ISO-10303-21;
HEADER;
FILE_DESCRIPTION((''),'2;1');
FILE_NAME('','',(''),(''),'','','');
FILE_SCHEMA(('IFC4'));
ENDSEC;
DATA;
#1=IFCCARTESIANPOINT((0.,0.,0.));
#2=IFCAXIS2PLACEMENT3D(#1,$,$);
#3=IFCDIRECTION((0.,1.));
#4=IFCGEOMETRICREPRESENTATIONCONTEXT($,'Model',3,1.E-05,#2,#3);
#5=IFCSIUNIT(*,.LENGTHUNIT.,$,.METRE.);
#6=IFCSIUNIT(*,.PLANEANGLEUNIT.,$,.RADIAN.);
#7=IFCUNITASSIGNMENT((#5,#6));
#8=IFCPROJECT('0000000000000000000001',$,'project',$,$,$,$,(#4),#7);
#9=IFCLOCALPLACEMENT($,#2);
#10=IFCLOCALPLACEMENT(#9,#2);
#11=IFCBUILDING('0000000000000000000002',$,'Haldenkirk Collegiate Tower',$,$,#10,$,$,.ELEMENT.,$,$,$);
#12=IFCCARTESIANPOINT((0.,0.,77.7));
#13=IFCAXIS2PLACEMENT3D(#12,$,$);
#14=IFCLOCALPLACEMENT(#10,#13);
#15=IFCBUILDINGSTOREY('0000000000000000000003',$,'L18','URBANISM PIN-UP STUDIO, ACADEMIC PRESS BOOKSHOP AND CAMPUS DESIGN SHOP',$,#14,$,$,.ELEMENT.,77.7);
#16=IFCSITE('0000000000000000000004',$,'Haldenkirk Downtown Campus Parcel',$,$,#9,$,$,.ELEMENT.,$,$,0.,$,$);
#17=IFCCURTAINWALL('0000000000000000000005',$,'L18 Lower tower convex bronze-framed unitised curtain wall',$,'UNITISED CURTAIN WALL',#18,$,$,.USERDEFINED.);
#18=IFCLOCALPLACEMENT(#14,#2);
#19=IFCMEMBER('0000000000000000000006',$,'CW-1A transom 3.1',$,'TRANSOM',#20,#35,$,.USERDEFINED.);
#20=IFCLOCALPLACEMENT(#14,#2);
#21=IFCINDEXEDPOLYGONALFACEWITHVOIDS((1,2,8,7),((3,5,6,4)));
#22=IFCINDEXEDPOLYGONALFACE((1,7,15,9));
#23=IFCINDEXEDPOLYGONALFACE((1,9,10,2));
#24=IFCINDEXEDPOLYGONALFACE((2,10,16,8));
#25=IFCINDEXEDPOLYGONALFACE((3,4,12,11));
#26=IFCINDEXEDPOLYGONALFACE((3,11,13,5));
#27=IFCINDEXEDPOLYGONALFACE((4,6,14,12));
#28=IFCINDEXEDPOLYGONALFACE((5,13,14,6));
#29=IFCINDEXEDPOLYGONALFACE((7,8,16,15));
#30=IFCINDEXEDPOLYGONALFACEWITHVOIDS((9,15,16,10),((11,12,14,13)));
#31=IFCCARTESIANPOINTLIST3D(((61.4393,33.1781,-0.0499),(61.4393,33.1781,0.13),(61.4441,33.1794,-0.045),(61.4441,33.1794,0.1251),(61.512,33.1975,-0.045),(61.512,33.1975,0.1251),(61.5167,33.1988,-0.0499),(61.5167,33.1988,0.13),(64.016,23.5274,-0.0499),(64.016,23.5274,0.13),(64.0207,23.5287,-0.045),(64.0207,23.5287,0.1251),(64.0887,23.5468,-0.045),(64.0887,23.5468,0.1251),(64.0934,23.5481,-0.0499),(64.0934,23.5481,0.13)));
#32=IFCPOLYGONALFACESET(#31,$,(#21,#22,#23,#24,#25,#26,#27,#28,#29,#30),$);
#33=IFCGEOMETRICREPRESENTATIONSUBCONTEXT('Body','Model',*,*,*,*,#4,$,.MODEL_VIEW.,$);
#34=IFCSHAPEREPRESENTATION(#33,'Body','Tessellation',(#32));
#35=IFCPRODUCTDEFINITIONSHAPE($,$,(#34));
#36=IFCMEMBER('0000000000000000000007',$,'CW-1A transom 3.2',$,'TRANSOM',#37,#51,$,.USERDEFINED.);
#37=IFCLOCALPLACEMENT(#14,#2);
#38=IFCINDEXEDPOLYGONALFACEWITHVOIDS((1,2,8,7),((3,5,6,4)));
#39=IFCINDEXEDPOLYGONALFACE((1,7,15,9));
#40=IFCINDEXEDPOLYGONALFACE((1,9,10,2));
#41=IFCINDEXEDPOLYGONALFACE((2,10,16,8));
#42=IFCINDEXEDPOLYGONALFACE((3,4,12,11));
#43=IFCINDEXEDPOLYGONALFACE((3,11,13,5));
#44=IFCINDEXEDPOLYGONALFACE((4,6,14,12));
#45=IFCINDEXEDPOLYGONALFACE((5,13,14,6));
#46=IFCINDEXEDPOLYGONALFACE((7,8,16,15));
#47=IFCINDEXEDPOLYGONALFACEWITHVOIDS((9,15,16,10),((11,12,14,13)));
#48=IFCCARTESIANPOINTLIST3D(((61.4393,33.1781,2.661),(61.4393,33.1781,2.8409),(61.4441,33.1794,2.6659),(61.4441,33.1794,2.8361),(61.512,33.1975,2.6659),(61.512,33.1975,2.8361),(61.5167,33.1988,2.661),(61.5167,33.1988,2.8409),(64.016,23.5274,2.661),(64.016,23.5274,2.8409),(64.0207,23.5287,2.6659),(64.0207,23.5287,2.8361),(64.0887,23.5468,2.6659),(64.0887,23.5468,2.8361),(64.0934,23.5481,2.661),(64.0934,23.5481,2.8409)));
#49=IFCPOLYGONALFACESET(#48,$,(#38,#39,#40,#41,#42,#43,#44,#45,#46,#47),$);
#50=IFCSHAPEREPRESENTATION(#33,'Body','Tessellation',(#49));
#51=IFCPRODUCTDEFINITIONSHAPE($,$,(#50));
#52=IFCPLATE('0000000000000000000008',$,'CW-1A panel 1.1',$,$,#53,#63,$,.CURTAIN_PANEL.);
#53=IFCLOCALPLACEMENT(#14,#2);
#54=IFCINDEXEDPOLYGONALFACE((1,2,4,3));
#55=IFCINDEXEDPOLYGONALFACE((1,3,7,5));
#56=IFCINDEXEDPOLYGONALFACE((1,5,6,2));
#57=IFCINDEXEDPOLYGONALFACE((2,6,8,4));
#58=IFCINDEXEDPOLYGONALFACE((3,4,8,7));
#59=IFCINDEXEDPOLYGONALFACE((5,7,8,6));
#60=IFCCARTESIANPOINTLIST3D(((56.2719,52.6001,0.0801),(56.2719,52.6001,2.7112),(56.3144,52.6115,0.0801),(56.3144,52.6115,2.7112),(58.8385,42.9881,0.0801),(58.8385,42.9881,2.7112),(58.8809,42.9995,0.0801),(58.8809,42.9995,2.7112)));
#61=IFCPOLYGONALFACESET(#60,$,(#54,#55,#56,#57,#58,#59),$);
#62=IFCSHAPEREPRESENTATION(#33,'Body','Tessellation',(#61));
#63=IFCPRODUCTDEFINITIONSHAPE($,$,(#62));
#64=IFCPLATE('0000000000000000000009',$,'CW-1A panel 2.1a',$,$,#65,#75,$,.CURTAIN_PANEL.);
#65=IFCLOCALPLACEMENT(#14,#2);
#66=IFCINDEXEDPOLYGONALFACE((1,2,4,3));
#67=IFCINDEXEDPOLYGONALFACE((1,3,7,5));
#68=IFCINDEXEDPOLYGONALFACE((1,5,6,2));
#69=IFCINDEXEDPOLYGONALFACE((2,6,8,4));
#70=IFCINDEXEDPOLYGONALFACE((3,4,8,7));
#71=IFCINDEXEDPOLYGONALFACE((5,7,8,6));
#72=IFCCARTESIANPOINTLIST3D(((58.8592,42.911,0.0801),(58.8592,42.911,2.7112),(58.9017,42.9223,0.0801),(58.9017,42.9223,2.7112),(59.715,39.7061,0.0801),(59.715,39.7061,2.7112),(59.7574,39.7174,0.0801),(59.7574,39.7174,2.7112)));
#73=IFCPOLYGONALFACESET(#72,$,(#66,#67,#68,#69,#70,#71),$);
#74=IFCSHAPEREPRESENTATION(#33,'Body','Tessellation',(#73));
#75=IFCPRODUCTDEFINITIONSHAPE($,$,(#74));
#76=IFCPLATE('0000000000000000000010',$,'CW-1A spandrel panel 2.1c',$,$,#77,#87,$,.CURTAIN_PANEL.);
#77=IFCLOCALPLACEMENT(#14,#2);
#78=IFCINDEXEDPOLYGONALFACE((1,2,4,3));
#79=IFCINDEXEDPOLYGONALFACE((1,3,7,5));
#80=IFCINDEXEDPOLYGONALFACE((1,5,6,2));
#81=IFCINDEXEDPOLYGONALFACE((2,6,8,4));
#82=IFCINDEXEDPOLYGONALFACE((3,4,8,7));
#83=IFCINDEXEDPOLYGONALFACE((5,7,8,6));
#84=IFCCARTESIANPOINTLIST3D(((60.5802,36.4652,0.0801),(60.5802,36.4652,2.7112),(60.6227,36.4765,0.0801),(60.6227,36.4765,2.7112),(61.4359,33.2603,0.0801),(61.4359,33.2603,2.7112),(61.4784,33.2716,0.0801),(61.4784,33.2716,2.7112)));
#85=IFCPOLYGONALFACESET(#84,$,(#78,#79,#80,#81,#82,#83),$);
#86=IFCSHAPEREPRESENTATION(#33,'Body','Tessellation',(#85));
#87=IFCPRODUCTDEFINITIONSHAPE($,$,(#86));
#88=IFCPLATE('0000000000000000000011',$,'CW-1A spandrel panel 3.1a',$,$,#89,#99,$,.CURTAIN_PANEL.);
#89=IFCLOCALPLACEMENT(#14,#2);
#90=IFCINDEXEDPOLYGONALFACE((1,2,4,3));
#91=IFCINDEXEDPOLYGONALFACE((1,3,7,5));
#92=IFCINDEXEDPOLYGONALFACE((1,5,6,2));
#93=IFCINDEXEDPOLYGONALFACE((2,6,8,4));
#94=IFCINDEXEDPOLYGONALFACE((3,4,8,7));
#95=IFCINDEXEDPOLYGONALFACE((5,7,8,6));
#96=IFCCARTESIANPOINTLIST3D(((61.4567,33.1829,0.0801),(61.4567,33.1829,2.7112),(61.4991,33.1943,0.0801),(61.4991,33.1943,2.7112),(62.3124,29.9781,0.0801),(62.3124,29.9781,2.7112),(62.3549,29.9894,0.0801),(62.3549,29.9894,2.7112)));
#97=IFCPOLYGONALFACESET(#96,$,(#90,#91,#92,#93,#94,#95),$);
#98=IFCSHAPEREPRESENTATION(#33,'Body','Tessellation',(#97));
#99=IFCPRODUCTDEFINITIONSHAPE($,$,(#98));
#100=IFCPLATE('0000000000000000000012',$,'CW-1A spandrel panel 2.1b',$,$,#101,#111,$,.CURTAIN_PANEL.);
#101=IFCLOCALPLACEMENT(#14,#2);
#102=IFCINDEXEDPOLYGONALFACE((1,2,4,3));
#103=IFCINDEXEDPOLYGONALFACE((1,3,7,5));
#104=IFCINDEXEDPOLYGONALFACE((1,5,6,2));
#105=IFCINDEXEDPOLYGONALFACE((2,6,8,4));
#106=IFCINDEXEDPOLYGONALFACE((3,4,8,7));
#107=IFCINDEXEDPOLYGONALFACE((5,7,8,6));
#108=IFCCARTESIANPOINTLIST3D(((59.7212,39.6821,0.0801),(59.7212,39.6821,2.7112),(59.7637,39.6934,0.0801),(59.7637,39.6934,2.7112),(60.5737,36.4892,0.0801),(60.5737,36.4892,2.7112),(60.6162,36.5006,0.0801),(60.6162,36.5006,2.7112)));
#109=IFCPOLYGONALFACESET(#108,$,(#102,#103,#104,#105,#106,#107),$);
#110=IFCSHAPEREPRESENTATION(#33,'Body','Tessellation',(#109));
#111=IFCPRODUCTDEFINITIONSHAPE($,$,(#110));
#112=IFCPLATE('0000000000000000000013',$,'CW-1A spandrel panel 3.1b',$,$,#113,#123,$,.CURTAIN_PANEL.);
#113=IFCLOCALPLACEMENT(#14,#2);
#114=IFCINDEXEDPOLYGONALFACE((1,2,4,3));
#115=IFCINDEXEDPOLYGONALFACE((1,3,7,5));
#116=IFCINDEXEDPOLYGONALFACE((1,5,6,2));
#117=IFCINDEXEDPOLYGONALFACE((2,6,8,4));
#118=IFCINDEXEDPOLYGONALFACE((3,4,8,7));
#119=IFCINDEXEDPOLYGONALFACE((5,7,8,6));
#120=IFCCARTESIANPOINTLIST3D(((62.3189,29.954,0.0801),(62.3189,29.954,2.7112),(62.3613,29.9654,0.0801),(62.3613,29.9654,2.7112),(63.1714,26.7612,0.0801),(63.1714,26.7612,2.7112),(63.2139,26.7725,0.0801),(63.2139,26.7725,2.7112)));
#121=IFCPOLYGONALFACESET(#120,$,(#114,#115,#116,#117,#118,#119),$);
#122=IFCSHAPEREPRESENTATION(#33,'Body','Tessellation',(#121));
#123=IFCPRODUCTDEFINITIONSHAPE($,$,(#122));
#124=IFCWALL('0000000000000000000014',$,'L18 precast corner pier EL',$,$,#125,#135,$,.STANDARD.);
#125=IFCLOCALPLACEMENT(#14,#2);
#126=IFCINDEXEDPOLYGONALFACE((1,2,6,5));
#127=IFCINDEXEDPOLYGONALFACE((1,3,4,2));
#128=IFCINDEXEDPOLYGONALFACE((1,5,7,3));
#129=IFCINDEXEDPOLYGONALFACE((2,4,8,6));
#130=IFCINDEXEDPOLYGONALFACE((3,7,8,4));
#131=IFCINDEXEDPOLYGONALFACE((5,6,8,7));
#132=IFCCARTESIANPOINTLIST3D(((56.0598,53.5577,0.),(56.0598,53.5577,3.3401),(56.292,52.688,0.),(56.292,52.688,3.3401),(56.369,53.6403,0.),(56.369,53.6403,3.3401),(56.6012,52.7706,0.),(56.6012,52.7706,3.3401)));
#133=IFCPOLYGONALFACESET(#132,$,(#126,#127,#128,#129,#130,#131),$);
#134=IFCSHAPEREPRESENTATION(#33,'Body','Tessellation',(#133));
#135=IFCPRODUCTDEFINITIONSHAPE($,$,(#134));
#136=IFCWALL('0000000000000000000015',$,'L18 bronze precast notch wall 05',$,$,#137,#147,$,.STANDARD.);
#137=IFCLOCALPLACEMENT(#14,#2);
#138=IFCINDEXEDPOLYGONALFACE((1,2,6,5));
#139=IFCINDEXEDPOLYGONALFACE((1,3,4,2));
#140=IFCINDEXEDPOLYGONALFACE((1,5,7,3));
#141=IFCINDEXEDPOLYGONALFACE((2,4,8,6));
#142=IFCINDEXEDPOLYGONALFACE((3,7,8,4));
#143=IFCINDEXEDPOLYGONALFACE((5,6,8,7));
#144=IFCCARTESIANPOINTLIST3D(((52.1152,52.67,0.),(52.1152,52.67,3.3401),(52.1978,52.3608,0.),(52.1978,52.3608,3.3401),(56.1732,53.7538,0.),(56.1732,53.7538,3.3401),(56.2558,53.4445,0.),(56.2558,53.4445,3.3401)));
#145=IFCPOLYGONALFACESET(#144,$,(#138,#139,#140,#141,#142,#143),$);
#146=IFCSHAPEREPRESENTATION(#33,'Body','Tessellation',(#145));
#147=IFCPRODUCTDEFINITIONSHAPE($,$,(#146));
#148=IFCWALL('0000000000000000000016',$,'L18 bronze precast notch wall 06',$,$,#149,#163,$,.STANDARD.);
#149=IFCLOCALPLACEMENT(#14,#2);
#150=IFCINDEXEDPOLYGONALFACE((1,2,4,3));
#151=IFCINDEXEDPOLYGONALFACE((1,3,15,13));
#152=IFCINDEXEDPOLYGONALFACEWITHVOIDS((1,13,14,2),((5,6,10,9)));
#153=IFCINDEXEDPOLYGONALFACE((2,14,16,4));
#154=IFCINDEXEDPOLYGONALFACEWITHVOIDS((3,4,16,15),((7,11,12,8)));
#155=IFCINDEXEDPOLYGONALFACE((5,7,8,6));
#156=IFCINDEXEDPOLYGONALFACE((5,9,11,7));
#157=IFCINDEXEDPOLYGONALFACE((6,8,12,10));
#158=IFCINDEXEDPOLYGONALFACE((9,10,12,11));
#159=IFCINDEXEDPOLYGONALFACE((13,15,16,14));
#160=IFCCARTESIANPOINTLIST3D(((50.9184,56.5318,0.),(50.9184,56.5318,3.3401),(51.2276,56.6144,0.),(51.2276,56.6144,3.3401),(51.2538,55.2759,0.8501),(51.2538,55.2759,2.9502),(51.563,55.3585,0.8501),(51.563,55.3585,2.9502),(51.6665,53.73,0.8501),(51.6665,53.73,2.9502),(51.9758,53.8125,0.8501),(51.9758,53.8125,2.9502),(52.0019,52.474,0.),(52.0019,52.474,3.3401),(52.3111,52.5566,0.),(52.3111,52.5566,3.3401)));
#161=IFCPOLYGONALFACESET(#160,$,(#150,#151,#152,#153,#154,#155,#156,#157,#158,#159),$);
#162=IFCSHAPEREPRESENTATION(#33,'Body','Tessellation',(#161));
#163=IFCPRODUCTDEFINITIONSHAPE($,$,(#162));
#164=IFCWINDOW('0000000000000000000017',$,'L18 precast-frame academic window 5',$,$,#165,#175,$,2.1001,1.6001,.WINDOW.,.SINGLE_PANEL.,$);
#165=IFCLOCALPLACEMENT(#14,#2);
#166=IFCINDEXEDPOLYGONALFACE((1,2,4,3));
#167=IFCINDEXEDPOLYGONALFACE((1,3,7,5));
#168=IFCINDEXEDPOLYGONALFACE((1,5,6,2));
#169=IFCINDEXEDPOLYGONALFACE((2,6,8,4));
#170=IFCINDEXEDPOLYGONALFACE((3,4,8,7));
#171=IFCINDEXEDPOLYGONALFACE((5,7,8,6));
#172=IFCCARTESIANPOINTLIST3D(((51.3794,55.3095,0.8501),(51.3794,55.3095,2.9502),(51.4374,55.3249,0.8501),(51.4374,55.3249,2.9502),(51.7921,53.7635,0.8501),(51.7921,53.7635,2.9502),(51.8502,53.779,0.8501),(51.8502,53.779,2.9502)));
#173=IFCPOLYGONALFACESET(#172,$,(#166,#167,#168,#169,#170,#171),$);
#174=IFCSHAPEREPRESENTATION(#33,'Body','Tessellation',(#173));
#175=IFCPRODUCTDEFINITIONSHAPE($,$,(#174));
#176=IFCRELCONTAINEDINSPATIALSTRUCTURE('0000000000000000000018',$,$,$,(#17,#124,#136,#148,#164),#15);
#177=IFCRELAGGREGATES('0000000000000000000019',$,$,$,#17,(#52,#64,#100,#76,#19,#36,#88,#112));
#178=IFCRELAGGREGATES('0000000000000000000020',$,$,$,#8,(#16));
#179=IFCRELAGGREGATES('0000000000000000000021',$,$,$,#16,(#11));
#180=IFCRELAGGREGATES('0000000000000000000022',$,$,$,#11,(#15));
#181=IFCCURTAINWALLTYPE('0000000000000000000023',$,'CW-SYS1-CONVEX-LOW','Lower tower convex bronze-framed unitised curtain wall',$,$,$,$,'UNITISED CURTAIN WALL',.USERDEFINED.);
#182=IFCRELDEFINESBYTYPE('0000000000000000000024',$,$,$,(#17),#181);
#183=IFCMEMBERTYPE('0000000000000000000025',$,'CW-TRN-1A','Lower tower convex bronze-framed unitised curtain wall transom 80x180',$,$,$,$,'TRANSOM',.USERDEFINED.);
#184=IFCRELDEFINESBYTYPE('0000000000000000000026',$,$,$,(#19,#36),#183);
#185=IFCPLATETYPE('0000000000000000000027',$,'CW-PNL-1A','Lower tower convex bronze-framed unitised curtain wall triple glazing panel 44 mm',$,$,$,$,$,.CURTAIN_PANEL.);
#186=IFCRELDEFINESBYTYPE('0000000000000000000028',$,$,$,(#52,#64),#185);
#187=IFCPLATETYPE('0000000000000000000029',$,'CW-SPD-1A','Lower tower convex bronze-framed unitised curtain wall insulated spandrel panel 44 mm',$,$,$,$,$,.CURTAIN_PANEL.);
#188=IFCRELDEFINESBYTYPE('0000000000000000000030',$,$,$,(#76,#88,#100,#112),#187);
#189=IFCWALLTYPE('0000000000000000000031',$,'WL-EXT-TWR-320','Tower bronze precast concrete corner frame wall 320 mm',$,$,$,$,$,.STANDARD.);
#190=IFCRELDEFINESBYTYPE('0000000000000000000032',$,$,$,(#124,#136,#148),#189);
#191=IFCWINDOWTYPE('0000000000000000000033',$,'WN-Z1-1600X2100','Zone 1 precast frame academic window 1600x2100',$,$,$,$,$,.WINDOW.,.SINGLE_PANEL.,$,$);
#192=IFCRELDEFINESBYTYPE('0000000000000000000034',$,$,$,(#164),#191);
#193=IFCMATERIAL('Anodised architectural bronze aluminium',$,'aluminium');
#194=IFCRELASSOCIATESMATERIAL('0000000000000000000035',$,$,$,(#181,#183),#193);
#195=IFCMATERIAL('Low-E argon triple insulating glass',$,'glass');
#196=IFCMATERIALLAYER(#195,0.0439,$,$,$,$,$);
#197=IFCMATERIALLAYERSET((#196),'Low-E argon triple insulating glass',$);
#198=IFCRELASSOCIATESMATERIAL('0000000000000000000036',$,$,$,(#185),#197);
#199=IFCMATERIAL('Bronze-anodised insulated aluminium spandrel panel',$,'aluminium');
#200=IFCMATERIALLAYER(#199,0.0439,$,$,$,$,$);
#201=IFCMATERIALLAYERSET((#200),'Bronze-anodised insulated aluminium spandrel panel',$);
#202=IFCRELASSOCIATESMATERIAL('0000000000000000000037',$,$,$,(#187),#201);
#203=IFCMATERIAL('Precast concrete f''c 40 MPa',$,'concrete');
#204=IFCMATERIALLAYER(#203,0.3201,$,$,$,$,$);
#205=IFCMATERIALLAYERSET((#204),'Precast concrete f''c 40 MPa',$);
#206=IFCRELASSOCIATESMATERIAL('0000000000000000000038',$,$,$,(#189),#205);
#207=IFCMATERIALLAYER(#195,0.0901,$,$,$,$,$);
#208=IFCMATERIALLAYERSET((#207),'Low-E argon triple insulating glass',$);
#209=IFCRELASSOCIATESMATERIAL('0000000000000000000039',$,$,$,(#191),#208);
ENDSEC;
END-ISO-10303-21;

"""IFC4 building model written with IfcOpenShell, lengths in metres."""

from ifc_helpers import new_model, si_unit, direction, frame, frame_2d, origin, origin_2d, place, context, subcontext, project, spatial, rectangle, hollow_rectangle, extrude, source, transform, mapped, material, layer, layer_set, material_profile, profile_set, type_object, element, fill, aggregate, save


model = new_model("IFC4")

# Units and contexts
model_context = context("Model", 3, precision=1e-05, world=origin(), true_north=direction((0.0, 1.0)))
body_context = subcontext(model_context, "Body", "Model", "MODEL_VIEW")
ifc_project = project(units=[si_unit("LENGTHUNIT", "METRE"), si_unit("PLANEANGLEUNIT", "RADIAN")], contexts=[model_context])

# Site, building, storey
site_placement = place(None, origin())
site = spatial("IfcSite", under=ifc_project, at=site_placement, Name="Haldenkirk Downtown Campus Parcel", CompositionType="ELEMENT", RefElevation=0.0)
building_placement = place(site_placement, origin())
building = spatial("IfcBuilding", under=site, at=building_placement, Name="Haldenkirk Collegiate Tower", CompositionType="ELEMENT")
storey_placement = place(building_placement, frame((0.0, 0.0, 77.7)))
storey = spatial("IfcBuildingStorey", under=building, at=storey_placement, Name="L18", Description="URBANISM PIN-UP STUDIO, ACADEMIC PRESS BOOKSHOP AND CAMPUS DESIGN SHOP", CompositionType="ELEMENT", Elevation=77.7)

# Curtain wall
ifc_material_1 = material(Name="Anodised architectural bronze aluminium", Category="aluminium")
curtain_wall_type = type_object("IfcCurtainWallType", Name="CW-SYS1-CONVEX-LOW", Description="Lower tower convex bronze-framed unitised curtain wall", ElementType="UNITISED CURTAIN WALL", PredefinedType="USERDEFINED", material=ifc_material_1)
curtain_wall_1_placement = place(storey_placement, origin())
curtain_wall_1 = element("IfcCurtainWall", 1, at=curtain_wall_1_placement, inside=storey, type_object=curtain_wall_type, Name="L18 Lower tower convex bronze-framed unitised curtain wall", ObjectType="UNITISED CURTAIN WALL", PredefinedType="USERDEFINED")

# Members
ifc_material_profile_1 = material_profile(ifc_material_1, hollow_rectangle(XDim=0.0801, YDim=0.1799, WallThickness=0.0049, at=origin_2d()), Name="CW-TRN-1A")
ifc_profile_set_1 = profile_set([ifc_material_profile_1], Name="Anodised architectural bronze aluminium")
member_type_1 = type_object("IfcMemberType", Name="CW-TRN-1A", Description="Lower tower convex bronze-framed unitised curtain wall transom 80x180", ElementType="TRANSOM", PredefinedType="USERDEFINED", material=ifc_profile_set_1)
member_1_placement = place(storey_placement, frame((61.478, 33.1885, 0.04), z_axis=(0.257958, -0.966156, 0.0), x_axis=(0.966156, 0.257958, 0.0)))
member_1 = element("IfcMember", 2, at=member_1_placement, type_object=member_type_1, Name="CW-1A transom 3.1", ObjectType="TRANSOM", PredefinedType="USERDEFINED", context=body_context, shape_type="SweptSolid", body=[
    extrude(hollow_rectangle(XDim=0.0801, YDim=0.1799, WallThickness=0.0049, at=origin_2d()), origin(), (0.0, 0.0, 1.0), 9.9888),
])
member_2_placement = place(storey_placement, frame((61.478, 33.1885, 2.751), z_axis=(0.257958, -0.966156, 0.0), x_axis=(0.966156, 0.257958, 0.0)))
member_2 = element("IfcMember", 3, at=member_2_placement, type_object=member_type_1, Name="CW-1A transom 3.2", ObjectType="TRANSOM", PredefinedType="USERDEFINED", context=body_context, shape_type="SweptSolid", body=[
    extrude(hollow_rectangle(XDim=0.0801, YDim=0.1799, WallThickness=0.0049, at=origin_2d()), origin(), (0.0, 0.0, 1.0), 9.9888),
])

# Plates
ifc_material_2 = material(Name="Low-E argon triple insulating glass", Category="glass")
ifc_layer_1 = layer(ifc_material_2, 0.0439)
ifc_layer_set_1 = layer_set([ifc_layer_1], Name="Low-E argon triple insulating glass")
plate_type_1 = type_object("IfcPlateType", Name="CW-PNL-1A", Description="Lower tower convex bronze-framed unitised curtain wall triple glazing panel 44 mm", PredefinedType="CURTAIN_PANEL", material=ifc_layer_set_1)
shared_shape_1 = source(origin(), body_context, "Body", "SweptSolid", [
    extrude(rectangle(XDim=9.9487, YDim=0.0439, at=origin_2d()), origin(), (0.0, 0.0, 1.0), 2.6311),
])
plate_1_placement = place(storey_placement, frame((57.5764, 47.7998, 0.0801), z_axis=(0.0, 0.0, 1.0), x_axis=(0.257976, -0.966151, 0.0)))
plate_1 = element("IfcPlate", 4, at=plate_1_placement, type_object=plate_type_1, Name="CW-1A panel 1.1", PredefinedType="CURTAIN_PANEL", context=body_context, shape_type="MappedRepresentation", body=[
    mapped(shared_shape_1, transform((0.0, 0.0, 0.0), x_axis=(1.0, 0.0, 0.0), y_axis=(0.0, 1.0, 0.0), z_axis=(0.0, 0.0, 1.0), scale=1.0)),
])
shared_shape_2 = source(origin(), body_context, "Body", "SweptSolid", [
    extrude(rectangle(XDim=3.3171, YDim=0.0439, at=origin_2d()), origin(), (0.0, 0.0, 1.0), 2.6311),
])
plate_2_placement = place(storey_placement, frame((59.3083, 41.3142, 0.0801), z_axis=(0.0, 0.0, 1.0), x_axis=(0.257976, -0.966151, 0.0)))
plate_2 = element("IfcPlate", 5, at=plate_2_placement, type_object=plate_type_1, Name="CW-1A panel 2.1a", PredefinedType="CURTAIN_PANEL", context=body_context, shape_type="MappedRepresentation", body=[
    mapped(shared_shape_2, transform((0.0, 0.0, 0.0), x_axis=(1.0, 0.0, 0.0), y_axis=(0.0, 1.0, 0.0), z_axis=(0.0, 0.0, 1.0), scale=1.0)),
])
ifc_material_3 = material(Name="Bronze-anodised insulated aluminium spandrel panel", Category="aluminium")
ifc_layer_2 = layer(ifc_material_3, 0.0439)
ifc_layer_set_2 = layer_set([ifc_layer_2], Name="Bronze-anodised insulated aluminium spandrel panel")
plate_type_2 = type_object("IfcPlateType", Name="CW-SPD-1A", Description="Lower tower convex bronze-framed unitised curtain wall insulated spandrel panel 44 mm", PredefinedType="CURTAIN_PANEL", material=ifc_layer_set_2)
plate_3_placement = place(storey_placement, frame((61.0293, 34.8684, 0.0801), z_axis=(0.0, 0.0, 1.0), x_axis=(0.257976, -0.966151, 0.0)))
plate_3 = element("IfcPlate", 6, at=plate_3_placement, type_object=plate_type_2, Name="CW-1A spandrel panel 2.1c", PredefinedType="CURTAIN_PANEL", context=body_context, shape_type="MappedRepresentation", body=[
    mapped(shared_shape_2, transform((0.0, 0.0, 0.0), x_axis=(1.0, 0.0, 0.0), y_axis=(0.0, 1.0, 0.0), z_axis=(0.0, 0.0, 1.0), scale=1.0)),
])
plate_4_placement = place(storey_placement, frame((61.9058, 31.5862, 0.0801), z_axis=(0.0, 0.0, 1.0), x_axis=(0.257976, -0.966151, 0.0)))
plate_4 = element("IfcPlate", 7, at=plate_4_placement, type_object=plate_type_2, Name="CW-1A spandrel panel 3.1a", PredefinedType="CURTAIN_PANEL", context=body_context, shape_type="MappedRepresentation", body=[
    mapped(shared_shape_2, transform((0.0, 0.0, 0.0), x_axis=(1.0, 0.0, 0.0), y_axis=(0.0, 1.0, 0.0), z_axis=(0.0, 0.0, 1.0), scale=1.0)),
])
shared_shape_3 = source(origin(), body_context, "Body", "SweptSolid", [
    extrude(rectangle(XDim=3.3047, YDim=0.0439, at=origin_2d()), origin(), (0.0, 0.0, 1.0), 2.6311),
])
plate_5_placement = place(storey_placement, frame((60.1687, 38.0913, 0.0801), z_axis=(0.0, 0.0, 1.0), x_axis=(0.257976, -0.966151, 0.0)))
plate_5 = element("IfcPlate", 8, at=plate_5_placement, type_object=plate_type_2, Name="CW-1A spandrel panel 2.1b", PredefinedType="CURTAIN_PANEL", context=body_context, shape_type="MappedRepresentation", body=[
    mapped(shared_shape_3, transform((0.0, 0.0, 0.0), x_axis=(1.0, 0.0, 0.0), y_axis=(0.0, 1.0, 0.0), z_axis=(0.0, 0.0, 1.0), scale=1.0)),
])
plate_6_placement = place(storey_placement, frame((62.7664, 28.3633, 0.0801), z_axis=(0.0, 0.0, 1.0), x_axis=(0.257976, -0.966151, 0.0)))
plate_6 = element("IfcPlate", 9, at=plate_6_placement, type_object=plate_type_2, Name="CW-1A spandrel panel 3.1b", PredefinedType="CURTAIN_PANEL", context=body_context, shape_type="MappedRepresentation", body=[
    mapped(shared_shape_3, transform((0.0, 0.0, 0.0), x_axis=(1.0, 0.0, 0.0), y_axis=(0.0, 1.0, 0.0), z_axis=(0.0, 0.0, 1.0), scale=1.0)),
])
aggregate(curtain_wall_1, [plate_1, plate_2, plate_5, plate_3, member_1, member_2, plate_4, plate_6])

# Walls
ifc_material_4 = material(Name="Precast concrete f'c 40 MPa", Category="concrete")
ifc_layer_3 = layer(ifc_material_4, 0.3201)
ifc_layer_set_3 = layer_set([ifc_layer_3], Name="Precast concrete f'c 40 MPa")
wall_type_1 = type_object("IfcWallType", Name="WL-EXT-TWR-320", Description="Tower bronze precast concrete corner frame wall 320 mm", PredefinedType="STANDARD", material=ifc_layer_set_3)
wall_1_placement = place(storey_placement, frame((56.2144, 53.5991, 0.0), z_axis=(0.0, 0.0, 1.0), x_axis=(0.25795, -0.966158, 0.0)))
element("IfcWall", 10, at=wall_1_placement, inside=storey, type_object=wall_type_1, Name="L18 precast corner pier EL", PredefinedType="STANDARD", context=body_context, shape_type="SweptSolid", body=[
    extrude(rectangle(XDim=0.9001, YDim=0.3201, at=frame_2d((0.4502, 0.0))), origin(), (0.0, 0.0, 1.0), 3.3401),
])
wall_2_placement = place(storey_placement, frame((52.1565, 52.5154, 0.0), z_axis=(0.0, 0.0, 1.0), x_axis=(0.966137, 0.258028, 0.0)))
element("IfcWall", 11, at=wall_2_placement, inside=storey, type_object=wall_type_1, Name="L18 bronze precast notch wall 05", PredefinedType="STANDARD", context=body_context, shape_type="SweptSolid", body=[
    extrude(rectangle(XDim=4.2002, YDim=0.3201, at=frame_2d((2.1001, 0.0))), origin(), (0.0, 0.0, 1.0), 3.3401),
])

# Wall, opening, window
wall_3_placement = place(storey_placement, frame((51.073, 56.5732, 0.0), z_axis=(0.0, 0.0, 1.0), x_axis=(0.257974, -0.966152, 0.0)))
wall_3 = element("IfcWall", 12, at=wall_3_placement, inside=storey, type_object=wall_type_1, Name="L18 bronze precast notch wall 06", PredefinedType="STANDARD", context=body_context, shape_type="SweptSolid", body=[
    extrude(rectangle(XDim=4.2, YDim=0.3201, at=frame_2d((2.1001, 0.0))), origin(), (0.0, 0.0, 1.0), 3.3401),
])
opening_placement = place(wall_3_placement, frame((1.3, 0.0, 0.8501)))
opening = element("IfcOpeningElement", 13, at=opening_placement, cuts=wall_3, PredefinedType="OPENING", context=body_context, shape_type="SweptSolid", body=[
    extrude(rectangle(XDim=1.6001, YDim=2.1001, at=frame_2d((0.8, 1.05))), frame((0.0, 0.1699, 0.0), z_axis=(0.0, -1.0, 0.0), x_axis=(1.0, 0.0, 0.0)), (0.0, 0.0, 1.0), 0.3401),
])
ifc_layer_4 = layer(ifc_material_2, 0.0901)
ifc_layer_set_4 = layer_set([ifc_layer_4], Name="Low-E argon triple insulating glass")
window_type = type_object("IfcWindowType", Name="WN-Z1-1600X2100", Description="Zone 1 precast frame academic window 1600x2100", PartitioningType="SINGLE_PANEL", PredefinedType="WINDOW", material=ifc_layer_set_4)
window_placement = place(opening_placement, origin())
window = element("IfcWindow", 14, at=window_placement, inside=storey, type_object=window_type, Name="L18 precast-frame academic window 5", OverallHeight=2.1001, OverallWidth=1.6001, PartitioningType="SINGLE_PANEL", PredefinedType="WINDOW", context=body_context, shape_type="SweptSolid", body=[
    extrude(rectangle(XDim=1.6001, YDim=2.1001, at=frame_2d((0.8, 1.05))), frame((0.0, 0.03, 0.0), z_axis=(0.0, -1.0, 0.0), x_axis=(1.0, 0.0, 0.0)), (0.0, 0.0, 1.0), 0.0601),
])
fill(opening, window)

save(model, "model.ifc")
